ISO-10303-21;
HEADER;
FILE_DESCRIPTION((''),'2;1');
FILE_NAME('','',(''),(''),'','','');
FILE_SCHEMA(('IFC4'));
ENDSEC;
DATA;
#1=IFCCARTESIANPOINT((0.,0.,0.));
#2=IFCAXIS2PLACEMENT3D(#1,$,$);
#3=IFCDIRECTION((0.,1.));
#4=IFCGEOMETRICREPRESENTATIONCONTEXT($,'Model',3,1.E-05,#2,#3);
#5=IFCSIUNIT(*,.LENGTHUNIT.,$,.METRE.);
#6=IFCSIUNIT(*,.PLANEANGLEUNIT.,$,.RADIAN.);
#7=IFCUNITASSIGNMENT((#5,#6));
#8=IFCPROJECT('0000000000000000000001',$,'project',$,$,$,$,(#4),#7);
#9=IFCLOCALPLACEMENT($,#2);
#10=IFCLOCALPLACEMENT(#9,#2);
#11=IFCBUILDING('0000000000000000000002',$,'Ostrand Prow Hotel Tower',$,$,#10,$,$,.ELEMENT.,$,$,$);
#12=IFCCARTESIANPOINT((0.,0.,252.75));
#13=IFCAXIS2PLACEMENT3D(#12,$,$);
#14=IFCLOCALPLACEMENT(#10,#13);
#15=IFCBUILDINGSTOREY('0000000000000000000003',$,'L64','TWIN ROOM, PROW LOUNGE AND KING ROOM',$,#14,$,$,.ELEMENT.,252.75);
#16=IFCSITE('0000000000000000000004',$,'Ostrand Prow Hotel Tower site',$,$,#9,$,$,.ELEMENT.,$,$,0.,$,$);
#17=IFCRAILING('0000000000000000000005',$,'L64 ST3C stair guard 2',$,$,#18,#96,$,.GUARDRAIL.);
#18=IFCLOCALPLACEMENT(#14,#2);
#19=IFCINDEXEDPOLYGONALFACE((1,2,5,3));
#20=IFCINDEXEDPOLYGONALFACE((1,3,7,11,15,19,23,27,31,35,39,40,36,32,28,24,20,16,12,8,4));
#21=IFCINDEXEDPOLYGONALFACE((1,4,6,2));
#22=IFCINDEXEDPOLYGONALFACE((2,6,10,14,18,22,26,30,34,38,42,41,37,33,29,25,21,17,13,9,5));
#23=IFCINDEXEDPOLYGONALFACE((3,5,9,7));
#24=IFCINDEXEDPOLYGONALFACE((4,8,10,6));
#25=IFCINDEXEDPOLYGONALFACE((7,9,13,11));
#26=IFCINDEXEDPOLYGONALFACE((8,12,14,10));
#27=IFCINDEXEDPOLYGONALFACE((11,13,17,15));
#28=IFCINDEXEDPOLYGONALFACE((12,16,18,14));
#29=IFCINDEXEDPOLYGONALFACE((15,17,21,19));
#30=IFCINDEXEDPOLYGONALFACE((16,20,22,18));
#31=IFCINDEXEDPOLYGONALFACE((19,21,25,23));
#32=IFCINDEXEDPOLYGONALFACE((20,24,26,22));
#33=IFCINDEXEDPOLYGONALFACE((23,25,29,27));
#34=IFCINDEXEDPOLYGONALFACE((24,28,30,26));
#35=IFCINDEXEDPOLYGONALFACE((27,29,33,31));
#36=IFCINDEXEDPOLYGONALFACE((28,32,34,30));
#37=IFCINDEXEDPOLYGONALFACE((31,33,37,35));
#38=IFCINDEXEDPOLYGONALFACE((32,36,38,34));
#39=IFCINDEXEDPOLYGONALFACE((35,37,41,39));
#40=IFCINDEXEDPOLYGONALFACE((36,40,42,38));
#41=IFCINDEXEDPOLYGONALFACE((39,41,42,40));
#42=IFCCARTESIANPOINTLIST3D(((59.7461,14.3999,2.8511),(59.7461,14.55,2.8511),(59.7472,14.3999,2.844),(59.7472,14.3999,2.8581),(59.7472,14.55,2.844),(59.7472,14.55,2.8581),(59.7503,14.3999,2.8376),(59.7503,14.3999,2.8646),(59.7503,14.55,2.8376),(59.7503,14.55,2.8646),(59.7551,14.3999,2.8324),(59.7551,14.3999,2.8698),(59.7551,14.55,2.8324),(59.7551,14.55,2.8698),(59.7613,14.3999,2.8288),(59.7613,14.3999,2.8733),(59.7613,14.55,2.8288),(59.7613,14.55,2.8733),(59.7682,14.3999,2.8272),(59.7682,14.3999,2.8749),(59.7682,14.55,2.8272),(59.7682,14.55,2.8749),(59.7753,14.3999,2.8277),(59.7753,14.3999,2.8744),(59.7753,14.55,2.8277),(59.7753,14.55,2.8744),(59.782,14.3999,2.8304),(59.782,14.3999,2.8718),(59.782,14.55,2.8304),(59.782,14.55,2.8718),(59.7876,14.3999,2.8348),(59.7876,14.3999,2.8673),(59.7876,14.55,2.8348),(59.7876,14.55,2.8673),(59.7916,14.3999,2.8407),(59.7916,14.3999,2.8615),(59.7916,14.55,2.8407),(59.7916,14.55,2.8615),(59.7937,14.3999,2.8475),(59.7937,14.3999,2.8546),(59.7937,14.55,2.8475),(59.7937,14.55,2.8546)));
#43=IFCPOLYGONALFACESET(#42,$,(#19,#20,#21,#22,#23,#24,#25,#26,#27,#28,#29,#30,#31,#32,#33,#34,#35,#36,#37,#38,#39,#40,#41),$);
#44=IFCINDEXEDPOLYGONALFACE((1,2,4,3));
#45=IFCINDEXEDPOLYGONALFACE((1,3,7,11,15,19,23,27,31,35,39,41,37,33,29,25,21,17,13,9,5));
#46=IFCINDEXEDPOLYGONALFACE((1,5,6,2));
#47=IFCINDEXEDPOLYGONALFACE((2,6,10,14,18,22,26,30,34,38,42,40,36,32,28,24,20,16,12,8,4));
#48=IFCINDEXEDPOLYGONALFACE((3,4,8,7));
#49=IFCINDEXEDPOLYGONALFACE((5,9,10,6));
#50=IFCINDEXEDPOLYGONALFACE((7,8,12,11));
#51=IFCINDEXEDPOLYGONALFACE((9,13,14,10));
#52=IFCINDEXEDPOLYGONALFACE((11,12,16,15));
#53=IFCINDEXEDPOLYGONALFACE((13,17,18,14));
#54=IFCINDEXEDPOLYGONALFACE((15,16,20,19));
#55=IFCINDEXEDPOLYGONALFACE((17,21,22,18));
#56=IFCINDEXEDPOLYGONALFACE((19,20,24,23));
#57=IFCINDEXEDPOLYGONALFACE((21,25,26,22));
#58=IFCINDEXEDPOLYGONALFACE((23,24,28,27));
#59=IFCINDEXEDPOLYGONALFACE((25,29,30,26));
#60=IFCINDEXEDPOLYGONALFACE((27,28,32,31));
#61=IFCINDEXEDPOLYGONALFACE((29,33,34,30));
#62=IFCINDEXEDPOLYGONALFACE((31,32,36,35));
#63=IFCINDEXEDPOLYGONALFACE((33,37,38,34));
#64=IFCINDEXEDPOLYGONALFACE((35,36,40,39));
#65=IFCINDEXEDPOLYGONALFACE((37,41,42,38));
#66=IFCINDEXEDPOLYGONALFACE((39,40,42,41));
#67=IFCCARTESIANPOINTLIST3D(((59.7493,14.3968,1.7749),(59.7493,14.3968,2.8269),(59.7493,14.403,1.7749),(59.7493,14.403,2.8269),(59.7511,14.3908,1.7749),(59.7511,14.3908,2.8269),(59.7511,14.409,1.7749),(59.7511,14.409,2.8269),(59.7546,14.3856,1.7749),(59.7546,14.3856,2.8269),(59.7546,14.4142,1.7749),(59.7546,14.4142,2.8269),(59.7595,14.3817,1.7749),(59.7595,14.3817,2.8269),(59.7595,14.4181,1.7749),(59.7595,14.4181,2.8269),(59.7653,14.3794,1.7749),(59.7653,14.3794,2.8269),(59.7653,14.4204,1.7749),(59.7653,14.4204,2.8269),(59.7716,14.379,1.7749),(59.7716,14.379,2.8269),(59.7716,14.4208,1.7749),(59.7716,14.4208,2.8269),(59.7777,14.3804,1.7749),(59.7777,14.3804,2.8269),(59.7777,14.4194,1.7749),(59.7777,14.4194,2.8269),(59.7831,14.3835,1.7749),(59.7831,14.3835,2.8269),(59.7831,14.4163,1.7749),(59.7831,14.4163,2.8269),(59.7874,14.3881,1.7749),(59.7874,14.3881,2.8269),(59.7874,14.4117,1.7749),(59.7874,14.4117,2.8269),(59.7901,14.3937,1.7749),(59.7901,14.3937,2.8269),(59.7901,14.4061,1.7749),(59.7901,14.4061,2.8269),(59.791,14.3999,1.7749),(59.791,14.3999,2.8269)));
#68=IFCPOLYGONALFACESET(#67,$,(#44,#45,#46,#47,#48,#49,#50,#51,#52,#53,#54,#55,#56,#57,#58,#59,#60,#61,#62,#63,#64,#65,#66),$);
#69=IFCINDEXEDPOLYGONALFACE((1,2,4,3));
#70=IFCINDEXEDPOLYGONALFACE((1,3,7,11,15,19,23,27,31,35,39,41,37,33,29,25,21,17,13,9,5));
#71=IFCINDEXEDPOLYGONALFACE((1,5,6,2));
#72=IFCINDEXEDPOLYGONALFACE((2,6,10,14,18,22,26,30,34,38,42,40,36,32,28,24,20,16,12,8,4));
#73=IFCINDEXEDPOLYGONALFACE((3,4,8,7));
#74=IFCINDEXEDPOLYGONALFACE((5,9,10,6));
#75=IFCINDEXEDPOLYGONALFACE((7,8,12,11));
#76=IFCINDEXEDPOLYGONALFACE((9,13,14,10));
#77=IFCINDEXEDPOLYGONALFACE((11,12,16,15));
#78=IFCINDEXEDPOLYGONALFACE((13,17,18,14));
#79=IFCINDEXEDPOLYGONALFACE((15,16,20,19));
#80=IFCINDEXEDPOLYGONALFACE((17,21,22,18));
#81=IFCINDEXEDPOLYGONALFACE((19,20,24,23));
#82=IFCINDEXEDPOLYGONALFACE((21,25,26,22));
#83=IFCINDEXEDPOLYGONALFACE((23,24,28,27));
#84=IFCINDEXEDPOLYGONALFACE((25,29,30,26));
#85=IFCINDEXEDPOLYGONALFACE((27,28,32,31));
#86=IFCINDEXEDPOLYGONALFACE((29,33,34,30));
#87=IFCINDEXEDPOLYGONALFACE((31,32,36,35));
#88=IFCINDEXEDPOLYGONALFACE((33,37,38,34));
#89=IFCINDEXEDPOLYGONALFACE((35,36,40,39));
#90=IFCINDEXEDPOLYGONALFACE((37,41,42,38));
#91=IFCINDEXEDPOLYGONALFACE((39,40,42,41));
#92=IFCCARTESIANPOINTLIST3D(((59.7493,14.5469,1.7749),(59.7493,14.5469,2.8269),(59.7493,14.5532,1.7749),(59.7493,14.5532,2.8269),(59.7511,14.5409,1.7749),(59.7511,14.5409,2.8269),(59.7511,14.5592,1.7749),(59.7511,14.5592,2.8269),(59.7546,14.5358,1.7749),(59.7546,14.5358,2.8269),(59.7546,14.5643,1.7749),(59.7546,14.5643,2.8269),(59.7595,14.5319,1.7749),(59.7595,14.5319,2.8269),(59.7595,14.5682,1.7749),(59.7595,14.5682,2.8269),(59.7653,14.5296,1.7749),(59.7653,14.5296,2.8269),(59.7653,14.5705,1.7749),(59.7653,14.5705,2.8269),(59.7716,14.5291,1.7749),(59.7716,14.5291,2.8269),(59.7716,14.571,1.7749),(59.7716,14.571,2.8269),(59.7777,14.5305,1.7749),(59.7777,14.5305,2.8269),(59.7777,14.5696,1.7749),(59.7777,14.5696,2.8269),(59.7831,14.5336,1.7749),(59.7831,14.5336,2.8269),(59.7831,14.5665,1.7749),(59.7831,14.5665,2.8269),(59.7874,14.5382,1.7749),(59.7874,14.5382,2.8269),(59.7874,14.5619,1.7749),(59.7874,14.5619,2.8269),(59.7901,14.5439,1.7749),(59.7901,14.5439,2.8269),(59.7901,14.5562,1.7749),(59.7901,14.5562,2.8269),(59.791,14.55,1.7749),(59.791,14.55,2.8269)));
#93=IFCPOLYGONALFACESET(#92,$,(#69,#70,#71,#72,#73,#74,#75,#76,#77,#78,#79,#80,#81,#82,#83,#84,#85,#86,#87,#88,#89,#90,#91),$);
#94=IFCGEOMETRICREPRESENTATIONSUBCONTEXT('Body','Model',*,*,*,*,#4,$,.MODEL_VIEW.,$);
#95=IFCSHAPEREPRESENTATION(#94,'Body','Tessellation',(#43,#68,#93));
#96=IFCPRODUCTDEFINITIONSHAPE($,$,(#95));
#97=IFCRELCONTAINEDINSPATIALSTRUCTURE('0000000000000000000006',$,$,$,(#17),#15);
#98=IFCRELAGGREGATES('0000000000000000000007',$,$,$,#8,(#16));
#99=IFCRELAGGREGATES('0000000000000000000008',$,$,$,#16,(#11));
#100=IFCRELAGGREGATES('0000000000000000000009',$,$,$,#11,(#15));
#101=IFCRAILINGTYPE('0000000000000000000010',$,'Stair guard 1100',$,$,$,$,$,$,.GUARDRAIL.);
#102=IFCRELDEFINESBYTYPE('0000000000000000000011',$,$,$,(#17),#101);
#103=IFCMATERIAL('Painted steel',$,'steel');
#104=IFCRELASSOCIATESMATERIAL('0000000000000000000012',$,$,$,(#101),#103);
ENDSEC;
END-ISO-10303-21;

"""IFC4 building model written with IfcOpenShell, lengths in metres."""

from ifc_helpers import new_model, si_unit, direction, frame, origin, origin_2d, place, context, subcontext, project, spatial, circle, extrude, material, type_object, element, save


model = new_model("IFC4")

# Units and contexts
model_context = context("Model", 3, precision=1e-05, world=origin(), true_north=direction((0.0, 1.0)))
body_context = subcontext(model_context, "Body", "Model", "MODEL_VIEW")
ifc_project = project(units=[si_unit("LENGTHUNIT", "METRE"), si_unit("PLANEANGLEUNIT", "RADIAN")], contexts=[model_context])

# Site, building, storey
site_placement = place(None, origin())
site = spatial("IfcSite", under=ifc_project, at=site_placement, Name="Ostrand Prow Hotel Tower site", CompositionType="ELEMENT", RefElevation=0.0)
building_placement = place(site_placement, origin())
building = spatial("IfcBuilding", under=site, at=building_placement, Name="Ostrand Prow Hotel Tower", CompositionType="ELEMENT")
storey_placement = place(building_placement, frame((0.0, 0.0, 252.75)))
storey = spatial("IfcBuildingStorey", under=building, at=storey_placement, Name="L64", Description="TWIN ROOM, PROW LOUNGE AND KING ROOM", CompositionType="ELEMENT", Elevation=252.75)

# Railing
ifc_material_1 = material(Name="Painted steel", Category="steel")
railing_type_1 = type_object("IfcRailingType", Name="Stair guard 1100", PredefinedType="GUARDRAIL", material=ifc_material_1)
railing_1_placement = place(storey_placement, frame((59.77, 14.3999, 1.7749)))
element("IfcRailing", 1, at=railing_1_placement, inside=storey, type_object=railing_type_1, Name="L64 ST3C stair guard 2", PredefinedType="GUARDRAIL", context=body_context, shape_type="SweptSolid", body=[
    extrude(circle(Radius=0.0239, at=origin_2d()), frame((0.0, 0.0, 1.0762), z_axis=(0.0, 1.0, 0.0), x_axis=(-1.0, 0.0, 0.0)), (0.0, 0.0, 1.0), 0.1501),
    extrude(circle(Radius=0.021, at=origin_2d()), origin(), (0.0, 0.0, 1.0), 1.052),
    extrude(circle(Radius=0.021, at=origin_2d()), frame((0.0, 0.1501, 0.0)), (0.0, 0.0, 1.0), 1.052),
])

save(model, "model.ifc")
